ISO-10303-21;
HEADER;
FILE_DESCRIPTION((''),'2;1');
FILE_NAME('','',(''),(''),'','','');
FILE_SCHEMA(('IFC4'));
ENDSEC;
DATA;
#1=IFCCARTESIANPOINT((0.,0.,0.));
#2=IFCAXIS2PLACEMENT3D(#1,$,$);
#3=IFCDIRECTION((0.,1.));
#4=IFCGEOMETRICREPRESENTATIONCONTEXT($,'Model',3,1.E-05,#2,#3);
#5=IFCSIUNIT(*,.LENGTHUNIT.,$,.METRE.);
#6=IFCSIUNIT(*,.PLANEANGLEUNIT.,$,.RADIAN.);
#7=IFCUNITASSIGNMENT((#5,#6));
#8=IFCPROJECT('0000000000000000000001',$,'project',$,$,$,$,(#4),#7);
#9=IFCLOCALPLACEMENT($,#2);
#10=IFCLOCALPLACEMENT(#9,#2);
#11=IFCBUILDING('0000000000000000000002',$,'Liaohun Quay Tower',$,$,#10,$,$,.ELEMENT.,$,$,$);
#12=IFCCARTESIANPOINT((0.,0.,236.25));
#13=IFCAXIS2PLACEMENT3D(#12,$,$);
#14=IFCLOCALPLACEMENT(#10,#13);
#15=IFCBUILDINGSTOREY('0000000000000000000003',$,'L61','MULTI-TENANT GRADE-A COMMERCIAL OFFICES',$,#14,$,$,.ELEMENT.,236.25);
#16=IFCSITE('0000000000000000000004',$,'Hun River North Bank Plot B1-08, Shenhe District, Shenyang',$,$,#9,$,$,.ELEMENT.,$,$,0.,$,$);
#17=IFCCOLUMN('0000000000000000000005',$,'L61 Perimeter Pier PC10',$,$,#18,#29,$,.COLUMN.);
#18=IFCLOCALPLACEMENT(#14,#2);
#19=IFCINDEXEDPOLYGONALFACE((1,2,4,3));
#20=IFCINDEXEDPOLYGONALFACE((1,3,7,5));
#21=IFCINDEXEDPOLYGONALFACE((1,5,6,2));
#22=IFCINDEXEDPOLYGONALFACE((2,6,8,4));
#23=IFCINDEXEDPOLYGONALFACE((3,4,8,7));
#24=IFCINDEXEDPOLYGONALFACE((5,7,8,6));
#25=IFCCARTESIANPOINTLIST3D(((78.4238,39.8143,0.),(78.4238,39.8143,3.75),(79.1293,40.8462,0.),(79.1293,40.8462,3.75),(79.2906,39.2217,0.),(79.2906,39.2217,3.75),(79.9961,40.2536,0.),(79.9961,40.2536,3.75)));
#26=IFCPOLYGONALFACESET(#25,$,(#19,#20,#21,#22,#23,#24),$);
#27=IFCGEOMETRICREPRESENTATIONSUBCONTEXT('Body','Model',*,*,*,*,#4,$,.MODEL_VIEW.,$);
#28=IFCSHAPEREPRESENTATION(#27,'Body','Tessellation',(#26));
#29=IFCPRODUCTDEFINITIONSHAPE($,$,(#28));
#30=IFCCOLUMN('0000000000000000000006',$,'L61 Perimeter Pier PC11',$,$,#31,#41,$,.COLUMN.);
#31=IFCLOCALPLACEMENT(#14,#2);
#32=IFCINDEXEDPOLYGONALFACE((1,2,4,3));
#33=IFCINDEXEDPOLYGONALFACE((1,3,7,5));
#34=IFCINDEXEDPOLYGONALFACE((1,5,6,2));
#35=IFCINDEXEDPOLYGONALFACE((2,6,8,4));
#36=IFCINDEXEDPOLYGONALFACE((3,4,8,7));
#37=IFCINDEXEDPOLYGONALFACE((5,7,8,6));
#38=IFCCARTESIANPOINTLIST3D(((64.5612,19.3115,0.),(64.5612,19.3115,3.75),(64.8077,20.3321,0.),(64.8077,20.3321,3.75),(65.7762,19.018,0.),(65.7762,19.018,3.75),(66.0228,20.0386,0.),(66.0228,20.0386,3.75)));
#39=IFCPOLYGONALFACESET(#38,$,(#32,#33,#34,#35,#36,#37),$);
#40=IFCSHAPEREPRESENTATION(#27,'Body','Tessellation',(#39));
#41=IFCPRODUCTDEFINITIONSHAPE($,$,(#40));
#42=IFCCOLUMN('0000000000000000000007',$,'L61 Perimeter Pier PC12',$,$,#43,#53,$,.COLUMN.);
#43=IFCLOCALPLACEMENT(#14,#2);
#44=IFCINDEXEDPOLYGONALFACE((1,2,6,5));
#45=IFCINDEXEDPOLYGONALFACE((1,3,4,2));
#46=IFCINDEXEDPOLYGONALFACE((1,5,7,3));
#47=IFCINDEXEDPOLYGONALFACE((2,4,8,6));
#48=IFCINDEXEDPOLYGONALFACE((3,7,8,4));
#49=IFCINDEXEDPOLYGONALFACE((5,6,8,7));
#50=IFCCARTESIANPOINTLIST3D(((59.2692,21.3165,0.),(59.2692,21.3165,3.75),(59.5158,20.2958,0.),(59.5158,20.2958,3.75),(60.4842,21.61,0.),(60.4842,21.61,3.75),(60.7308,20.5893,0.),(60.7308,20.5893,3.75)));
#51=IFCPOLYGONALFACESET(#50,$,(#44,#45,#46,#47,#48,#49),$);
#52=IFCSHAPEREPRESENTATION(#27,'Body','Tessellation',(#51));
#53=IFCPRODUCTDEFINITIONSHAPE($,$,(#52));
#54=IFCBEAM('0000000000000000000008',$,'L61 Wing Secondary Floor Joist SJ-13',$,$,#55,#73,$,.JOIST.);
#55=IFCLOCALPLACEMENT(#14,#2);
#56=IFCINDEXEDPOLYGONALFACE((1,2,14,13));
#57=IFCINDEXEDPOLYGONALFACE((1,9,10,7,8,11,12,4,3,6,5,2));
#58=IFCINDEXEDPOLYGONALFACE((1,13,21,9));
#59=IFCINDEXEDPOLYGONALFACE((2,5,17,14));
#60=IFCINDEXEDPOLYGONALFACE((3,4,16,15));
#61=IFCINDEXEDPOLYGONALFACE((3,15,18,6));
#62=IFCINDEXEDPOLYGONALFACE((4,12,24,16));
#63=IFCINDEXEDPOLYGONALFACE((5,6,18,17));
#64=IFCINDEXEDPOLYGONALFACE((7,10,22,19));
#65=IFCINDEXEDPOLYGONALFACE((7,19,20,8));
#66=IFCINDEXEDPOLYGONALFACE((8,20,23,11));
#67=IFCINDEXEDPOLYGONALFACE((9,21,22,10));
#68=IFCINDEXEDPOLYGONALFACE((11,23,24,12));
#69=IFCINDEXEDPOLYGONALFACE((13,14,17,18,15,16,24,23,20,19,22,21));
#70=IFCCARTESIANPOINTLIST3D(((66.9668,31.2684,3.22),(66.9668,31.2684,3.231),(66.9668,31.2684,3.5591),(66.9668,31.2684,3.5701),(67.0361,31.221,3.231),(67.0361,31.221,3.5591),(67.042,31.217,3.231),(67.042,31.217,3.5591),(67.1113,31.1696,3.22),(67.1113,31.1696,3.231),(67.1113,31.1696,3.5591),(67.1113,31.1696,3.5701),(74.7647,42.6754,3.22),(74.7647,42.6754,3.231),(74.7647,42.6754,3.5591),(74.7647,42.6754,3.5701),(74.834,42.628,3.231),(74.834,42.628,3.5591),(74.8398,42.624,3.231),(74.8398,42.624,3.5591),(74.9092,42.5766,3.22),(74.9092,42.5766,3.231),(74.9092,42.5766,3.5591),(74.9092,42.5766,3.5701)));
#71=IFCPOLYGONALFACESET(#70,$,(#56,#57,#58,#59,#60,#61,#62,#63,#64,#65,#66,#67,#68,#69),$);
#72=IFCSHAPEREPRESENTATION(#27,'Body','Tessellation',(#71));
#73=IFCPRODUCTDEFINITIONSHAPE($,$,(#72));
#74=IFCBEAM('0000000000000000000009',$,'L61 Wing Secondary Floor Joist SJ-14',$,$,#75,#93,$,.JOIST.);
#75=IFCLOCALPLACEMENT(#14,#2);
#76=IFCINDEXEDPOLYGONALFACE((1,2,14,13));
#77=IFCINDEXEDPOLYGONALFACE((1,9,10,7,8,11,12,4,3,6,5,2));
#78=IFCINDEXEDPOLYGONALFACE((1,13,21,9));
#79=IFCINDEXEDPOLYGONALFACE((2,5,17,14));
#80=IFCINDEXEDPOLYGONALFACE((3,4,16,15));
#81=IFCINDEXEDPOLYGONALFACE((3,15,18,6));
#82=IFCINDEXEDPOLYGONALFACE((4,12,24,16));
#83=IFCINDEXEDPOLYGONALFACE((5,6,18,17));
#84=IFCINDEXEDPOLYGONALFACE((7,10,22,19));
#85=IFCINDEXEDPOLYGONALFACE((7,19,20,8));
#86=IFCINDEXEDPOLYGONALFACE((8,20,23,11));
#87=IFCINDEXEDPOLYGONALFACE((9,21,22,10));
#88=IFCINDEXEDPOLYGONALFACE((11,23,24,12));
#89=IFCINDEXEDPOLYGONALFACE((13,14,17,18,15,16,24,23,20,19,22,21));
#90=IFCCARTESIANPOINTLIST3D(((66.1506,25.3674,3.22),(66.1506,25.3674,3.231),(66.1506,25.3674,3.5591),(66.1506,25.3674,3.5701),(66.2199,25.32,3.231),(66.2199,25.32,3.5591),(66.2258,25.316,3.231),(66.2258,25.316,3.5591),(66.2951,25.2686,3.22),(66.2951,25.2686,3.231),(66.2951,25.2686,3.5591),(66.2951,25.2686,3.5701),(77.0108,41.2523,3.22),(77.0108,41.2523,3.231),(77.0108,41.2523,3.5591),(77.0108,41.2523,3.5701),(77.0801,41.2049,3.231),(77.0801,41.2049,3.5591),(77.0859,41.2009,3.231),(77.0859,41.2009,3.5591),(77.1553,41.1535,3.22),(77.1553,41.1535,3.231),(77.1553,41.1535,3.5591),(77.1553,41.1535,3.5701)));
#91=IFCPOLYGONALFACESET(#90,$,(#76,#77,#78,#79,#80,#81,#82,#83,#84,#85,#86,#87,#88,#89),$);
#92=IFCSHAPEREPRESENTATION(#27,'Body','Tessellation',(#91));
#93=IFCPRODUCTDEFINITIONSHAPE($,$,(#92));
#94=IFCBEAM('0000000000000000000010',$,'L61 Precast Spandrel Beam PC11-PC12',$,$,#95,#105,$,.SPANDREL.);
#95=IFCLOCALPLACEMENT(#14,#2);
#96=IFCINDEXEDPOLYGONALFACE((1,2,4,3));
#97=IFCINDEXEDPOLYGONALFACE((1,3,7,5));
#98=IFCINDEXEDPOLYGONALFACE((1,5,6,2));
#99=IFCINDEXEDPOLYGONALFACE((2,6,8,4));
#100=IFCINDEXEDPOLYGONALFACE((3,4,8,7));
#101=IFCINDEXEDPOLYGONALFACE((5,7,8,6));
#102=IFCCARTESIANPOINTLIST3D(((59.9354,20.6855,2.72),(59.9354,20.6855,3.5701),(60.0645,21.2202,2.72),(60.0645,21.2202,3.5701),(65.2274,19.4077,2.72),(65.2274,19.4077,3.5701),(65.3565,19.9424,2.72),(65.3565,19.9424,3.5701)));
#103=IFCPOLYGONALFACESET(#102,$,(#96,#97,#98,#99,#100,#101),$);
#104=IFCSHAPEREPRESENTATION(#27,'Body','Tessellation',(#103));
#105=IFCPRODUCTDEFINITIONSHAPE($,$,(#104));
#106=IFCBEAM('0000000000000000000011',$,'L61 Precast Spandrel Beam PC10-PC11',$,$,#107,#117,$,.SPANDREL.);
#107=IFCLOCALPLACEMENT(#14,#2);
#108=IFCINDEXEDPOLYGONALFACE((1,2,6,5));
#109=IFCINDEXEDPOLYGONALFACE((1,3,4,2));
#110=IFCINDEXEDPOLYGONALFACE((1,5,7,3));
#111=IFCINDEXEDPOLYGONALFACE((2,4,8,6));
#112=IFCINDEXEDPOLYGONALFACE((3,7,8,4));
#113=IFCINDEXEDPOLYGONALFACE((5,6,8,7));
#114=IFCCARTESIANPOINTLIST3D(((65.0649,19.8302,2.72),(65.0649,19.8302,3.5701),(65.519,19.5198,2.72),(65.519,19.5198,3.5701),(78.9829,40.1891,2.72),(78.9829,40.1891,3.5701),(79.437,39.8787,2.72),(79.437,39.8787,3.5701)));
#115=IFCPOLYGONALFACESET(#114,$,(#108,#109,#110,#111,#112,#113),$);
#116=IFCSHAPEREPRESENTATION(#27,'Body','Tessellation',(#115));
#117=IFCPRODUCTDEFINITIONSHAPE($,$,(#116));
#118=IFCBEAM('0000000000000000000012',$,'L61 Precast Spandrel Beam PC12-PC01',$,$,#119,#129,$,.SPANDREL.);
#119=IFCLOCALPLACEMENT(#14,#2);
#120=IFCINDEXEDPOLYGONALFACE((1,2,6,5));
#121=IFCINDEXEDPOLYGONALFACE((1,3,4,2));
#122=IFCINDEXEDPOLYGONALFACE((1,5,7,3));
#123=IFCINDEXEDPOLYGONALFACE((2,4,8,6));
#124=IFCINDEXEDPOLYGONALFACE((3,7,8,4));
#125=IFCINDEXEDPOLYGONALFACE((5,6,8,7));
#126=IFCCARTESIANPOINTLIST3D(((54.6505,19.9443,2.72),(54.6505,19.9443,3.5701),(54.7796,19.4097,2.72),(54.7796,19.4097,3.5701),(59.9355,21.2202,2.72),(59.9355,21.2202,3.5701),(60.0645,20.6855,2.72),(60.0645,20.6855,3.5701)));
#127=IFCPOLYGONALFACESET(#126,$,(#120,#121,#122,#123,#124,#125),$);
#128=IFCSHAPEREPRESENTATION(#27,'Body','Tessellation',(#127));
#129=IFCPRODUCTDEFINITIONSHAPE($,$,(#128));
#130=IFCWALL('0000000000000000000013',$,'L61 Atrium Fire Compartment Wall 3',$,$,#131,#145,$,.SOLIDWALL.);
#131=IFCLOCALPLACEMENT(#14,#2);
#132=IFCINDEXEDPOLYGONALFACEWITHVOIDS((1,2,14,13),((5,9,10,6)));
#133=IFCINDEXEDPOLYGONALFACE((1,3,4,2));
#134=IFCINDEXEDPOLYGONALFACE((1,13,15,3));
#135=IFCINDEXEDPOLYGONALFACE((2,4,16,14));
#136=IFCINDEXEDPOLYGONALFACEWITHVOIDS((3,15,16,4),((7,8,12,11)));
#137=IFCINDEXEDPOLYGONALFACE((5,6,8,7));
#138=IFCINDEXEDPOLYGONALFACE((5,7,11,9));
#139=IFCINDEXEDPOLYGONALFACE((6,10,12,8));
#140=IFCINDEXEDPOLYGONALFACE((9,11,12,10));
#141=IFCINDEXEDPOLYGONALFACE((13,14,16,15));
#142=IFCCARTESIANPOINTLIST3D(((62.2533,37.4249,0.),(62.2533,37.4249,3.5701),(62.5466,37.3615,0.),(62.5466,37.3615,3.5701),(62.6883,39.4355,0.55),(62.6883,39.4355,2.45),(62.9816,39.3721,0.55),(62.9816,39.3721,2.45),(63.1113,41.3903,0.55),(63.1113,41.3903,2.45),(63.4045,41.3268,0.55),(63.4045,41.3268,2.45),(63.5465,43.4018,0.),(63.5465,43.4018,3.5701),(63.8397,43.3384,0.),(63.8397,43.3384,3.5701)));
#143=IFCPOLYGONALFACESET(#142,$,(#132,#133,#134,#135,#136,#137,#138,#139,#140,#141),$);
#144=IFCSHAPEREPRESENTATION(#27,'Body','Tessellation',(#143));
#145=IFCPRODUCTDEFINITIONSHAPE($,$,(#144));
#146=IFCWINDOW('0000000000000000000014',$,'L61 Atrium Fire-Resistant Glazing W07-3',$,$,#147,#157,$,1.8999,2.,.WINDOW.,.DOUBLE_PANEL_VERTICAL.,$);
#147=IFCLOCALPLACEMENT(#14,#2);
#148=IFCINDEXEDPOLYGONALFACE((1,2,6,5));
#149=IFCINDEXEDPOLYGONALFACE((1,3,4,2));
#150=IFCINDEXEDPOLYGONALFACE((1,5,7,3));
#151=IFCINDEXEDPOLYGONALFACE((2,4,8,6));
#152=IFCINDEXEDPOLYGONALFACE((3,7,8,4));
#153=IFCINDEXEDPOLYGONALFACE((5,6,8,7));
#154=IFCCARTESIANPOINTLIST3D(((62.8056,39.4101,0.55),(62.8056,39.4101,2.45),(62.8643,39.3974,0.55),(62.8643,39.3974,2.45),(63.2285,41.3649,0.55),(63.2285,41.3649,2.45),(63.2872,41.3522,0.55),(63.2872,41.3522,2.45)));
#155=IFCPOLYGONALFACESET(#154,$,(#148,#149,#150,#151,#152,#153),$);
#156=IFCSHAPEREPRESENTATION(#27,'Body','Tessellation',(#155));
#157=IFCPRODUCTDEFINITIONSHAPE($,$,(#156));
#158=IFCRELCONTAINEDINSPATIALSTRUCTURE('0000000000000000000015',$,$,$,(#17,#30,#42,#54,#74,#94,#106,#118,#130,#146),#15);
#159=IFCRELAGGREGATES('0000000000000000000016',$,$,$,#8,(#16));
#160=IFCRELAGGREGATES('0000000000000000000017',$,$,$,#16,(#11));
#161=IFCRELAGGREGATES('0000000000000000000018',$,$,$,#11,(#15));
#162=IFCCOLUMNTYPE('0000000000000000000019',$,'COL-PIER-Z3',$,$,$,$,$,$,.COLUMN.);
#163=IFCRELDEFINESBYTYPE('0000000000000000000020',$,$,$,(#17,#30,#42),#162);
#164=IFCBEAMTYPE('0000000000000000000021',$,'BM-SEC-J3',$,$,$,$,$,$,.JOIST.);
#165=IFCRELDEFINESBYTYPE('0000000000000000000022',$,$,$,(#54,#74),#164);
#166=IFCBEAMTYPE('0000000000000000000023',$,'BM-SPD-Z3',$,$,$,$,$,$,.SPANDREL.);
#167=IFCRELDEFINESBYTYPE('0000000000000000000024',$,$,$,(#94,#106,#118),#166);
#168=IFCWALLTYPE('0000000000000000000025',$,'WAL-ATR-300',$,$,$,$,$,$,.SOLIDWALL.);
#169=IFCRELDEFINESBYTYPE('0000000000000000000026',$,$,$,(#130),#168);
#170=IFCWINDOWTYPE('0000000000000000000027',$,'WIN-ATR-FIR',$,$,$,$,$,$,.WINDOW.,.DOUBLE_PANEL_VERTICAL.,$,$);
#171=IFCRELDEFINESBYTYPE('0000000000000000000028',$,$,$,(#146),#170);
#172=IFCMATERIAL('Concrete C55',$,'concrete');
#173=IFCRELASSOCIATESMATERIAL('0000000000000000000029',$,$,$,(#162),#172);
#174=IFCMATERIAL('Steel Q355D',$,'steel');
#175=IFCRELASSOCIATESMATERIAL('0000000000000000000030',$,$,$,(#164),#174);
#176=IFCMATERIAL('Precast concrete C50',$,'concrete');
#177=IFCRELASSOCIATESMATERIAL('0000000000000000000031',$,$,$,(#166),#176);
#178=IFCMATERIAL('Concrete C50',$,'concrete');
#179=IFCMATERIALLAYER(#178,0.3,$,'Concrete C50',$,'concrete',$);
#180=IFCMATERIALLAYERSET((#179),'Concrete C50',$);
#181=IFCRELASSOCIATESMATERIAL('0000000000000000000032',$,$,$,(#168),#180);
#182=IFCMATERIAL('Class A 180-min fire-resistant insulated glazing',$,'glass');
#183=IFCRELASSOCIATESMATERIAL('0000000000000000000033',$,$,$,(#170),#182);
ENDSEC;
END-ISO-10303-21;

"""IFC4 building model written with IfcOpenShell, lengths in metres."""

from ifc_helpers import new_model, si_unit, direction, frame, frame_2d, origin, origin_2d, place, context, subcontext, project, spatial, rectangle, i_section, extrude, source, transform, mapped, material, layer, layer_set, material_profile, profile_set, type_object, element, fill, save


model = new_model("IFC4")

# Units and contexts
model_context = context("Model", 3, precision=1e-05, world=origin(), true_north=direction((0.0, 1.0)))
body_context = subcontext(model_context, "Body", "Model", "MODEL_VIEW")
ifc_project = project(units=[si_unit("LENGTHUNIT", "METRE"), si_unit("PLANEANGLEUNIT", "RADIAN")], contexts=[model_context])

# Site, building, storey
site_placement = place(None, origin())
site = spatial("IfcSite", under=ifc_project, at=site_placement, Name="Hun River North Bank Plot B1-08, Shenhe District, Shenyang", CompositionType="ELEMENT", RefElevation=0.0)
building_placement = place(site_placement, origin())
building = spatial("IfcBuilding", under=site, at=building_placement, Name="Liaohun Quay Tower", CompositionType="ELEMENT")
storey_placement = place(building_placement, frame((0.0, 0.0, 236.25)))
storey = spatial("IfcBuildingStorey", under=building, at=storey_placement, Name="L61", Description="MULTI-TENANT GRADE-A COMMERCIAL OFFICES", CompositionType="ELEMENT", Elevation=236.25)

# Columns
ifc_material_1 = material(Name="Concrete C55", Category="concrete")
ifc_material_profile_1 = material_profile(ifc_material_1, rectangle(XDim=1.25, YDim=1.05, at=origin_2d()), Name="RC1250x1050")
ifc_profile_set_1 = profile_set([ifc_material_profile_1], Name="Concrete C55")
column_type = type_object("IfcColumnType", Name="COL-PIER-Z3", PredefinedType="COLUMN", material=ifc_profile_set_1)
shared_shape_1 = source(origin(), body_context, "Body", "SweptSolid", [
    extrude(rectangle(XDim=1.25, YDim=1.05, at=origin_2d()), origin(), (0.0, 0.0, 1.0), 3.75),
])
for number, where, z_axis, x_axis, name in (
    (1, (79.21, 40.0339, 0.0), (0.0, 0.0, 1.0), (0.564391, 0.825508, 0.0), "L61 Perimeter Pier PC10"),
    (2, (65.292, 19.675, 0.0), (0.0, 0.0, 1.0), (-0.972043, 0.234803, 0.0), "L61 Perimeter Pier PC11"),
    (3, (60.0, 20.9529, 0.0), (0.0, 0.0, 1.0), (0.972043, 0.234803, 0.0), "L61 Perimeter Pier PC12"),
):
    element("IfcColumn", number, at=place(storey_placement, frame(where, z_axis=z_axis, x_axis=x_axis)), inside=storey, type_object=column_type, Name=name, PredefinedType="COLUMN", context=body_context, shape_type="MappedRepresentation", body=[
        mapped(shared_shape_1, transform((0.0, 0.0, 0.0), x_axis=(1.0, 0.0, 0.0), y_axis=(0.0, 1.0, 0.0), z_axis=(0.0, 0.0, 1.0), scale=1.0)),
    ])

# Beams
ifc_material_2 = material(Name="Steel Q355D", Category="steel")
ifc_material_profile_2 = material_profile(ifc_material_2, i_section(OverallWidth=0.175, OverallDepth=0.3501, WebThickness=0.0071, FlangeThickness=0.011, at=origin_2d()), Name="HN350x175x7x11")
ifc_profile_set_2 = profile_set([ifc_material_profile_2], Name="Steel Q355D")
beam_type_1 = type_object("IfcBeamType", Name="BM-SEC-J3", PredefinedType="JOIST", material=ifc_profile_set_2)
shared_shape_2 = source(origin(), body_context, "Body", "SweptSolid", [
    extrude(i_section(OverallWidth=0.175, OverallDepth=0.3501, WebThickness=0.0071, FlangeThickness=0.011, at=origin_2d()), origin(), (0.0, 0.0, 1.0), 13.8176),
])
beam_1_placement = place(storey_placement, frame((74.8369, 42.626, 3.395), z_axis=(-0.564342, -0.825541, 0.0), x_axis=(0.825541, -0.564342, 0.0)))
element("IfcBeam", 4, at=beam_1_placement, inside=storey, type_object=beam_type_1, Name="L61 Wing Secondary Floor Joist SJ-13", PredefinedType="JOIST", context=body_context, shape_type="MappedRepresentation", body=[
    mapped(shared_shape_2, transform((0.0, 0.0, 0.0), x_axis=(1.0, 0.0, 0.0), y_axis=(0.0, 1.0, 0.0), z_axis=(0.0, 0.0, 1.0), scale=1.0)),
])
shared_shape_3 = source(origin(), body_context, "Body", "SweptSolid", [
    extrude(i_section(OverallWidth=0.175, OverallDepth=0.3501, WebThickness=0.0071, FlangeThickness=0.011, at=origin_2d()), origin(), (0.0, 0.0, 1.0), 19.2424),
])
beam_2_placement = place(storey_placement, frame((77.083, 41.2029, 3.395), z_axis=(-0.564386, -0.825511, 0.0), x_axis=(0.825511, -0.564386, 0.0)))
element("IfcBeam", 5, at=beam_2_placement, inside=storey, type_object=beam_type_1, Name="L61 Wing Secondary Floor Joist SJ-14", PredefinedType="JOIST", context=body_context, shape_type="MappedRepresentation", body=[
    mapped(shared_shape_3, transform((0.0, 0.0, 0.0), x_axis=(1.0, 0.0, 0.0), y_axis=(0.0, 1.0, 0.0), z_axis=(0.0, 0.0, 1.0), scale=1.0)),
])
ifc_material_3 = material(Name="Precast concrete C50", Category="concrete")
ifc_material_profile_3 = material_profile(ifc_material_3, rectangle(XDim=0.55, YDim=0.8501, at=origin_2d()), Name="RC550x850")
ifc_profile_set_3 = profile_set([ifc_material_profile_3], Name="Precast concrete C50")
beam_type_2 = type_object("IfcBeamType", Name="BM-SPD-Z3", PredefinedType="SPANDREL", material=ifc_profile_set_3)
shared_shape_4 = source(origin(), body_context, "Body", "SweptSolid", [
    extrude(rectangle(XDim=0.55, YDim=0.8501, at=origin_2d()), origin(), (0.0, 0.0, 1.0), 5.4441),
])
beam_3_placement = place(storey_placement, frame((65.292, 19.675, 3.145), z_axis=(-0.972063, 0.234719, 0.0), x_axis=(-0.234719, -0.972063, 0.0)))
element("IfcBeam", 6, at=beam_3_placement, inside=storey, type_object=beam_type_2, Name="L61 Precast Spandrel Beam PC11-PC12", PredefinedType="SPANDREL", context=body_context, shape_type="MappedRepresentation", body=[
    mapped(shared_shape_4, transform((0.0, 0.0, 0.0), x_axis=(1.0, 0.0, 0.0), y_axis=(0.0, 1.0, 0.0), z_axis=(0.0, 0.0, 1.0), scale=1.0)),
])
shared_shape_5 = source(origin(), body_context, "Body", "SweptSolid", [
    extrude(rectangle(XDim=0.55, YDim=0.8501, at=origin_2d()), origin(), (0.0, 0.0, 1.0), 24.6616),
])
beam_4_placement = place(storey_placement, frame((79.21, 40.0339, 3.145), z_axis=(-0.564358, -0.82553, 0.0), x_axis=(0.82553, -0.564358, 0.0)))
element("IfcBeam", 7, at=beam_4_placement, inside=storey, type_object=beam_type_2, Name="L61 Precast Spandrel Beam PC10-PC11", PredefinedType="SPANDREL", context=body_context, shape_type="MappedRepresentation", body=[
    mapped(shared_shape_5, transform((0.0, 0.0, 0.0), x_axis=(1.0, 0.0, 0.0), y_axis=(0.0, 1.0, 0.0), z_axis=(0.0, 0.0, 1.0), scale=1.0)),
])
shared_shape_6 = source(origin(), body_context, "Body", "SweptSolid", [
    extrude(rectangle(XDim=0.55, YDim=0.8501, at=origin_2d()), origin(), (0.0, 0.0, 1.0), 5.4368),
])
beam_5_placement = place(storey_placement, frame((60.0, 20.9529, 3.145), z_axis=(-0.972073, -0.234677, 0.0), x_axis=(0.234677, -0.972073, 0.0)))
element("IfcBeam", 8, at=beam_5_placement, inside=storey, type_object=beam_type_2, Name="L61 Precast Spandrel Beam PC12-PC01", PredefinedType="SPANDREL", context=body_context, shape_type="MappedRepresentation", body=[
    mapped(shared_shape_6, transform((0.0, 0.0, 0.0), x_axis=(1.0, 0.0, 0.0), y_axis=(0.0, 1.0, 0.0), z_axis=(0.0, 0.0, 1.0), scale=1.0)),
])

# Wall, opening, window
ifc_material_4 = material(Name="Concrete C50", Category="concrete")
ifc_layer_1 = layer(ifc_material_4, 0.3, Name="Concrete C50", Category="concrete")
ifc_layer_set_1 = layer_set([ifc_layer_1], Name="Concrete C50")
wall_type_1 = type_object("IfcWallType", Name="WAL-ATR-300", PredefinedType="SOLIDWALL", material=ifc_layer_set_1)
wall_1_placement = place(storey_placement, frame((63.6931, 43.3701, 0.0), z_axis=(0.0, 0.0, 1.0), x_axis=(-0.21147, -0.977385, 0.0)))
wall_1 = element("IfcWall", 9, at=wall_1_placement, inside=storey, type_object=wall_type_1, Name="L61 Atrium Fire Compartment Wall 3", PredefinedType="SOLIDWALL", context=body_context, shape_type="SweptSolid", body=[
    extrude(rectangle(XDim=6.1152, YDim=0.3, at=frame_2d((3.0576, 0.0))), origin(), (0.0, 0.0, 1.0), 3.5701),
])
shared_shape_7 = source(origin(), body_context, "Body", "SweptSolid", [
    extrude(rectangle(XDim=2.0, YDim=1.8999, at=frame_2d((1.0, 0.95))), frame((0.0, 0.1599, 0.0), z_axis=(0.0, -1.0, 0.0), x_axis=(1.0, 0.0, 0.0)), (0.0, 0.0, 1.0), 0.3201),
])
opening_1_placement = place(wall_1_placement, frame((2.0581, 0.0, 0.55)))
opening_1 = element("IfcOpeningElement", 10, at=opening_1_placement, cuts=wall_1, PredefinedType="OPENING", context=body_context, shape_type="MappedRepresentation", body=[
    mapped(shared_shape_7, transform((0.0, 0.0, 0.0), x_axis=(1.0, 0.0, 0.0), y_axis=(0.0, 1.0, 0.0), z_axis=(0.0, 0.0, 1.0), scale=1.0)),
])
ifc_material_5 = material(Name="Class A 180-min fire-resistant insulated glazing", Category="glass")
window_type_1 = type_object("IfcWindowType", Name="WIN-ATR-FIR", PartitioningType="DOUBLE_PANEL_VERTICAL", PredefinedType="WINDOW", material=ifc_material_5)
shared_shape_8 = source(origin(), body_context, "Body", "SweptSolid", [
    extrude(rectangle(XDim=2.0, YDim=1.8999, at=frame_2d((1.0, 0.95))), frame((0.0, 0.03, 0.0), z_axis=(0.0, -1.0, 0.0), x_axis=(1.0, 0.0, 0.0)), (0.0, 0.0, 1.0), 0.0601),
])
window_1_placement = place(opening_1_placement, origin())
window_1 = element("IfcWindow", 11, at=window_1_placement, inside=storey, type_object=window_type_1, Name="L61 Atrium Fire-Resistant Glazing W07-3", OverallHeight=1.8999, OverallWidth=2.0, PartitioningType="DOUBLE_PANEL_VERTICAL", PredefinedType="WINDOW", context=body_context, shape_type="MappedRepresentation", body=[
    mapped(shared_shape_8, transform((0.0, 0.0, 0.0), x_axis=(1.0, 0.0, 0.0), y_axis=(0.0, 1.0, 0.0), z_axis=(0.0, 0.0, 1.0), scale=1.0)),
])
fill(opening_1, window_1)

save(model, "model.ifc")
